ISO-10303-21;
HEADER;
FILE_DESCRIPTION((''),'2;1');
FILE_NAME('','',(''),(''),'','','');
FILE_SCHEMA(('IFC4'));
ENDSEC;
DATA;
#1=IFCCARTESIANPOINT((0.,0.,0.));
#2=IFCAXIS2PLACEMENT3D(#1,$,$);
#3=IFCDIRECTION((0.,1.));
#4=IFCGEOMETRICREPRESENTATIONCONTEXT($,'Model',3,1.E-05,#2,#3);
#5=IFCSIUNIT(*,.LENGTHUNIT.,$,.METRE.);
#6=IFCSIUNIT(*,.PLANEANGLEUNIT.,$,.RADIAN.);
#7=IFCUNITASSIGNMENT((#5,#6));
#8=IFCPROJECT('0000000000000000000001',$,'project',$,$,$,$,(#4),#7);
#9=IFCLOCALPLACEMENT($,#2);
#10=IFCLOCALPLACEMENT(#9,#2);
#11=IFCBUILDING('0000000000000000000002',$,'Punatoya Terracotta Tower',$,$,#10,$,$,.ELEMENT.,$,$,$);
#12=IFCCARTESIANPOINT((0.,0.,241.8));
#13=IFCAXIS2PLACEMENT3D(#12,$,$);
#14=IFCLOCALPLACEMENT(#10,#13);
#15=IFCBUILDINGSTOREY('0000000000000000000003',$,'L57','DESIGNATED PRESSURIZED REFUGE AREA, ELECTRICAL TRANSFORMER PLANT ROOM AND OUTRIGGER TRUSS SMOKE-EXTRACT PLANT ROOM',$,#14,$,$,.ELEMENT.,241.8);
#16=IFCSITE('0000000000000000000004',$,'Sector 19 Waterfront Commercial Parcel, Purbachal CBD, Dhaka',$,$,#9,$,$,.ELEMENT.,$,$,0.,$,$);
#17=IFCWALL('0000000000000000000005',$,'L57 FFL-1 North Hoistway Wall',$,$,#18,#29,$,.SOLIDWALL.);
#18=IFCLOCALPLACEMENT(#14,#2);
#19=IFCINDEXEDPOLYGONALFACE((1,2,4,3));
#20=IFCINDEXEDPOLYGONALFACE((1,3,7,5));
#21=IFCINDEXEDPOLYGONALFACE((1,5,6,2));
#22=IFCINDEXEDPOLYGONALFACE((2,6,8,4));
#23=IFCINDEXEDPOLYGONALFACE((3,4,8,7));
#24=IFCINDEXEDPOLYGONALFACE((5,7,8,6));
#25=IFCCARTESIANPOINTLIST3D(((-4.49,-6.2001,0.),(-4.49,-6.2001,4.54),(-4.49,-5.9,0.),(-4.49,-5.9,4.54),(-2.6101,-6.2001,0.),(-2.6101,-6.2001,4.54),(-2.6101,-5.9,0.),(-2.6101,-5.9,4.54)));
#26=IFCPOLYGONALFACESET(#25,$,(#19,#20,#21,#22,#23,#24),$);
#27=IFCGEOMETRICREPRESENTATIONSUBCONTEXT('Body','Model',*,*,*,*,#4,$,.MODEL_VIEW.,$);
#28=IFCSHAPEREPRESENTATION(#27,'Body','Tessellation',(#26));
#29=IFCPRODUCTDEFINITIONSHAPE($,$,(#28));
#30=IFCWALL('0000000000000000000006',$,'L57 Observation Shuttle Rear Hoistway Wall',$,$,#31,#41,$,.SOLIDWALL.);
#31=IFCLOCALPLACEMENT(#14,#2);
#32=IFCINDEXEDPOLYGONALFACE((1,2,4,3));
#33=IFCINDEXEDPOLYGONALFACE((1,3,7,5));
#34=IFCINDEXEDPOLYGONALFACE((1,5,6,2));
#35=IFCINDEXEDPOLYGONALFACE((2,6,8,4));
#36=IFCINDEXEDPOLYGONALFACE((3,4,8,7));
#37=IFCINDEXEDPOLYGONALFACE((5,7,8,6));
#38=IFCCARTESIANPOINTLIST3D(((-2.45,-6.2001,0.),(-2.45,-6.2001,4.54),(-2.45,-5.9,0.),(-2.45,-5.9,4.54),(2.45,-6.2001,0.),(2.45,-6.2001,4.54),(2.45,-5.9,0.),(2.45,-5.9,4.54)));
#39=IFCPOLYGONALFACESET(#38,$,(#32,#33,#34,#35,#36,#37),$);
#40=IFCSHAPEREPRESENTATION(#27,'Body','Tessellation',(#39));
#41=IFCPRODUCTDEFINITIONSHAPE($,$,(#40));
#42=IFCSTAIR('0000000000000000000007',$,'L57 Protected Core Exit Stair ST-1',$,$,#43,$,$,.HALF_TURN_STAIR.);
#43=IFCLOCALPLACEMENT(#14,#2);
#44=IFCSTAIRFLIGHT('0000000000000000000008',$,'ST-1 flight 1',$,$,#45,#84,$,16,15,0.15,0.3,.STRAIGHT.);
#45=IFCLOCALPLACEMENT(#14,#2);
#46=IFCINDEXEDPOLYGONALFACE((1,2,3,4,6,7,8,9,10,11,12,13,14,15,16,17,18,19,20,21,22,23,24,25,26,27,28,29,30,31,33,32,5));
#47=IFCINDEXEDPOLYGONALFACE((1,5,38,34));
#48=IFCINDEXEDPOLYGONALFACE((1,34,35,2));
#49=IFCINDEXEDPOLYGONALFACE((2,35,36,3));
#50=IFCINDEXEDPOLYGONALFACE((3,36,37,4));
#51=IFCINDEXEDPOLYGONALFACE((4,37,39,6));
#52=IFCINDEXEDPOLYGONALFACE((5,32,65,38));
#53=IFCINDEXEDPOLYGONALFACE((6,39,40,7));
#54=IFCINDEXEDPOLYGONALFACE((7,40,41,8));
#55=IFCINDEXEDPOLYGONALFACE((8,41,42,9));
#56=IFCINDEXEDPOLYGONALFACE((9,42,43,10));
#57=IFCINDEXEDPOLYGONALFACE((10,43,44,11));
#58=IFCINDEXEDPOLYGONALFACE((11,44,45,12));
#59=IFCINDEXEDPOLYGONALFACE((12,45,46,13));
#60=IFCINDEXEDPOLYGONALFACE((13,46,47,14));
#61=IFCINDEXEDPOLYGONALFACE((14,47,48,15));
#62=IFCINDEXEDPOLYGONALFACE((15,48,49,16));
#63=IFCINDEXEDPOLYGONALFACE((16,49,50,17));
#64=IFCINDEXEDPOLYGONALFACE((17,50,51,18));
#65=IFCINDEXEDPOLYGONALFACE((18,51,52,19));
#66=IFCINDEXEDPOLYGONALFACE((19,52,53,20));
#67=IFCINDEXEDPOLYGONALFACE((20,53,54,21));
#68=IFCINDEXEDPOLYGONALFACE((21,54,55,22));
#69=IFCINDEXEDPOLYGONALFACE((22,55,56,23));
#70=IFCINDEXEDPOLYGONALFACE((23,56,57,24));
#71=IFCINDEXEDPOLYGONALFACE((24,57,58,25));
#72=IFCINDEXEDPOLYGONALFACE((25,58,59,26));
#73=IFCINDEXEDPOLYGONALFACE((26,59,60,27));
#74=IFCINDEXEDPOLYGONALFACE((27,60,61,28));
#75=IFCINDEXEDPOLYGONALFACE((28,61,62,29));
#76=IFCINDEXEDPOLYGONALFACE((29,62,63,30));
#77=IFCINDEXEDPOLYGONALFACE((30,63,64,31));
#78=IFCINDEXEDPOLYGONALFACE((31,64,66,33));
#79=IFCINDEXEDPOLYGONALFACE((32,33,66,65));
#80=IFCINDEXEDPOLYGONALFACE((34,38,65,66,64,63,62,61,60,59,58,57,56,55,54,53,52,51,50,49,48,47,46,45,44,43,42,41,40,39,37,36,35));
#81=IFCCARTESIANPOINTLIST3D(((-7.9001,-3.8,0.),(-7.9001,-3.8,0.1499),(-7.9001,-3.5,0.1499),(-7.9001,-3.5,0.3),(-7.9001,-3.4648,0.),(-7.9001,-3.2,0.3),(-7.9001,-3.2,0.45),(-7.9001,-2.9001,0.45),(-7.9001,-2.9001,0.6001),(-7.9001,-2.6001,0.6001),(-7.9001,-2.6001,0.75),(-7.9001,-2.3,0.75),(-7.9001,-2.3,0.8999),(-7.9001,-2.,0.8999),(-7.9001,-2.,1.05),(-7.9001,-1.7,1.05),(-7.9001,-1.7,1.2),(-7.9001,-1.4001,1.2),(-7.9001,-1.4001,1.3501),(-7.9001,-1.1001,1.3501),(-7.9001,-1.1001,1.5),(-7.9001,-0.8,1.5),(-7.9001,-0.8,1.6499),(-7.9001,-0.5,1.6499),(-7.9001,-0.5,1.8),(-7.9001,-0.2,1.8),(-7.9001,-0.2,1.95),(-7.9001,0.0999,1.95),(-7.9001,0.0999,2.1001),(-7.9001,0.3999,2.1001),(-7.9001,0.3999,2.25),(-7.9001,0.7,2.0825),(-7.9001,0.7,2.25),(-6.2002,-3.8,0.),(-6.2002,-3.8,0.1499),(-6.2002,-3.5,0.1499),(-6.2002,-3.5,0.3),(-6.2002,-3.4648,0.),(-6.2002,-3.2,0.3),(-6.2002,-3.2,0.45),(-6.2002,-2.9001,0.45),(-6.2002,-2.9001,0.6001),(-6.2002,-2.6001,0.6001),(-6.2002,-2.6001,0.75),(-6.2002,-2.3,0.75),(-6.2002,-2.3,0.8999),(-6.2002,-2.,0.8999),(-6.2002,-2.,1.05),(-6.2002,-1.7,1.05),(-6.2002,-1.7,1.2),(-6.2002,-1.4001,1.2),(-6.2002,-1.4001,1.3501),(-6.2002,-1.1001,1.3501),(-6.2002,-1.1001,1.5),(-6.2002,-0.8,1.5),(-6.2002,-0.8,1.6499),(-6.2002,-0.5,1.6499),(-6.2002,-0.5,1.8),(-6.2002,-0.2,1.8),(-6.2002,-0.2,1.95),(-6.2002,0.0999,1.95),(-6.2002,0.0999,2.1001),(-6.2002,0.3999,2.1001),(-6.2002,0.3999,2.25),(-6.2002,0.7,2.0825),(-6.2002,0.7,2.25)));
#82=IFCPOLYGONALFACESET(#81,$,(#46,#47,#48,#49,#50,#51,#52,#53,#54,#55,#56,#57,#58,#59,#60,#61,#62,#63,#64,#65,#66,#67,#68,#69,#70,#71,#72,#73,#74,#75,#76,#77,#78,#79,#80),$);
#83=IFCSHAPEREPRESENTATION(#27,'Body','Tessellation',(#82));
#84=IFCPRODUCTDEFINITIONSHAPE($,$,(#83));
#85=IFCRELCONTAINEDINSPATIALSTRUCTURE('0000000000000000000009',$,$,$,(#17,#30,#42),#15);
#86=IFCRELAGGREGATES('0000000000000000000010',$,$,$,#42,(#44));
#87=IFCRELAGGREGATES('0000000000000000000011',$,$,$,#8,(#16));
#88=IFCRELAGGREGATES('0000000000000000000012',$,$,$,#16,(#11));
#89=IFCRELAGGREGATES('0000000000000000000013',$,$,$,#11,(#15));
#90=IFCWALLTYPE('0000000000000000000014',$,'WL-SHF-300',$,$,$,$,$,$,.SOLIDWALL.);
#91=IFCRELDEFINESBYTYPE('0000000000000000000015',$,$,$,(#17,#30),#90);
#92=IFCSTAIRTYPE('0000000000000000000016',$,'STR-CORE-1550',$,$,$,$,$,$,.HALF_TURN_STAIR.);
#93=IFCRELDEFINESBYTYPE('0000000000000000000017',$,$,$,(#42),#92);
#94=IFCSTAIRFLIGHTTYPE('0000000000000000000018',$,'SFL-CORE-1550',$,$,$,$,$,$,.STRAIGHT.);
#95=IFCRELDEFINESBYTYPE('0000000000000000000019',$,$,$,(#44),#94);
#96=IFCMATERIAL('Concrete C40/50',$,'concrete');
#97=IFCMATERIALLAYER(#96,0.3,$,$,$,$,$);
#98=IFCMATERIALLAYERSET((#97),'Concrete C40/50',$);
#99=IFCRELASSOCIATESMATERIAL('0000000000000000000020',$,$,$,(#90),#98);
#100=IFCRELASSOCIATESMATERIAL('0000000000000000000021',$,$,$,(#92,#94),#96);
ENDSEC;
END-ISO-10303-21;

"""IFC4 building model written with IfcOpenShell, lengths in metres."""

from ifc_helpers import new_model, si_unit, direction, frame, frame_2d, origin, place, context, subcontext, project, spatial, polyline, rectangle, outline, extrude, material, layer, layer_set, type_object, element, aggregate, save


model = new_model("IFC4")

# Units and contexts
model_context = context("Model", 3, precision=1e-05, world=origin(), true_north=direction((0.0, 1.0)))
body_context = subcontext(model_context, "Body", "Model", "MODEL_VIEW")
ifc_project = project(units=[si_unit("LENGTHUNIT", "METRE"), si_unit("PLANEANGLEUNIT", "RADIAN")], contexts=[model_context])

# Site, building, storey
site_placement = place(None, origin())
site = spatial("IfcSite", under=ifc_project, at=site_placement, Name="Sector 19 Waterfront Commercial Parcel, Purbachal CBD, Dhaka", CompositionType="ELEMENT", RefElevation=0.0)
building_placement = place(site_placement, origin())
building = spatial("IfcBuilding", under=site, at=building_placement, Name="Punatoya Terracotta Tower", CompositionType="ELEMENT")
storey_placement = place(building_placement, frame((0.0, 0.0, 241.8)))
storey = spatial("IfcBuildingStorey", under=building, at=storey_placement, Name="L57", Description="DESIGNATED PRESSURIZED REFUGE AREA, ELECTRICAL TRANSFORMER PLANT ROOM AND OUTRIGGER TRUSS SMOKE-EXTRACT PLANT ROOM", CompositionType="ELEMENT", Elevation=241.8)

# Shared definitions
ifc_material_1 = material(Name="Concrete C40/50", Category="concrete")

# Shared definitions
ifc_layer_1 = layer(ifc_material_1, 0.3)
ifc_layer_set_1 = layer_set([ifc_layer_1], Name="Concrete C40/50")
wall_type_1 = type_object("IfcWallType", Name="WL-SHF-300", PredefinedType="SOLIDWALL", material=ifc_layer_set_1)

# Walls
wall_1_placement = place(storey_placement, frame((-4.49, -6.05, 0.0), z_axis=(0.0, 0.0, 1.0), x_axis=(1.0, 0.0, 0.0)))
element("IfcWall", 1, at=wall_1_placement, inside=storey, type_object=wall_type_1, Name="L57 FFL-1 North Hoistway Wall", PredefinedType="SOLIDWALL", context=body_context, shape_type="SweptSolid", body=[
    extrude(rectangle(XDim=1.8799, YDim=0.3, at=frame_2d((0.9399, 0.0))), origin(), (0.0, 0.0, 1.0), 4.54),
])
wall_2_placement = place(storey_placement, frame((-2.45, -6.05, 0.0), z_axis=(0.0, 0.0, 1.0), x_axis=(1.0, 0.0, 0.0)))
element("IfcWall", 2, at=wall_2_placement, inside=storey, type_object=wall_type_1, Name="L57 Observation Shuttle Rear Hoistway Wall", PredefinedType="SOLIDWALL", context=body_context, shape_type="SweptSolid", body=[
    extrude(rectangle(XDim=4.8999, YDim=0.3, at=frame_2d((2.45, 0.0))), origin(), (0.0, 0.0, 1.0), 4.54),
])

# Stair, stair flight
stair_type = type_object("IfcStairType", Name="STR-CORE-1550", PredefinedType="HALF_TURN_STAIR", material=ifc_material_1)
stair_placement = place(storey_placement, origin())
stair = element("IfcStair", 3, at=stair_placement, inside=storey, type_object=stair_type, Name="L57 Protected Core Exit Stair ST-1", PredefinedType="HALF_TURN_STAIR")
stair_flight_type = type_object("IfcStairFlightType", Name="SFL-CORE-1550", PredefinedType="STRAIGHT", material=ifc_material_1)
stair_flight_placement = place(storey_placement, frame((-7.05, -3.8, 0.0), z_axis=(0.0, 0.0, 1.0), x_axis=(0.0, 1.0, 0.0)))
stair_flight = element("IfcStairFlight", 4, at=stair_flight_placement, type_object=stair_flight_type, Name="ST-1 flight 1", NumberOfRisers=16, NumberOfTreads=15, PredefinedType="STRAIGHT", RiserHeight=0.15, TreadLength=0.3, context=body_context, shape_type="SweptSolid", body=[
    extrude(outline(polyline([(0.0, 0.0), (0.0, 0.1499), (0.3, 0.1499), (0.3, 0.3), (0.6001, 0.3), (0.6001, 0.45), (0.8999, 0.45), (0.8999, 0.6001), (1.2, 0.6001), (1.2, 0.75), (1.5, 0.75), (1.5, 0.8999), (1.8, 0.8999), (1.8, 1.05), (2.1001, 1.05), (2.1001, 1.2), (2.3999, 1.2), (2.3999, 1.3501), (2.7, 1.3501), (2.7, 1.5), (3.0, 1.5), (3.0, 1.6499), (3.3, 1.6499), (3.3, 1.8), (3.6001, 1.8), (3.6001, 1.95), (3.8999, 1.95), (3.8999, 2.1001), (4.2, 2.1001), (4.2, 2.25), (4.5, 2.25), (4.5, 2.3999), (4.5, 2.0825), (0.3352, 0.0), (0.0, 0.0)])), frame((0.0, 0.8501, 0.0), z_axis=(0.0, -1.0, 0.0), x_axis=(1.0, 0.0, 0.0)), (0.0, 0.0, 1.0), 1.7),
])
aggregate(stair, [stair_flight])

save(model, "model.ifc")
